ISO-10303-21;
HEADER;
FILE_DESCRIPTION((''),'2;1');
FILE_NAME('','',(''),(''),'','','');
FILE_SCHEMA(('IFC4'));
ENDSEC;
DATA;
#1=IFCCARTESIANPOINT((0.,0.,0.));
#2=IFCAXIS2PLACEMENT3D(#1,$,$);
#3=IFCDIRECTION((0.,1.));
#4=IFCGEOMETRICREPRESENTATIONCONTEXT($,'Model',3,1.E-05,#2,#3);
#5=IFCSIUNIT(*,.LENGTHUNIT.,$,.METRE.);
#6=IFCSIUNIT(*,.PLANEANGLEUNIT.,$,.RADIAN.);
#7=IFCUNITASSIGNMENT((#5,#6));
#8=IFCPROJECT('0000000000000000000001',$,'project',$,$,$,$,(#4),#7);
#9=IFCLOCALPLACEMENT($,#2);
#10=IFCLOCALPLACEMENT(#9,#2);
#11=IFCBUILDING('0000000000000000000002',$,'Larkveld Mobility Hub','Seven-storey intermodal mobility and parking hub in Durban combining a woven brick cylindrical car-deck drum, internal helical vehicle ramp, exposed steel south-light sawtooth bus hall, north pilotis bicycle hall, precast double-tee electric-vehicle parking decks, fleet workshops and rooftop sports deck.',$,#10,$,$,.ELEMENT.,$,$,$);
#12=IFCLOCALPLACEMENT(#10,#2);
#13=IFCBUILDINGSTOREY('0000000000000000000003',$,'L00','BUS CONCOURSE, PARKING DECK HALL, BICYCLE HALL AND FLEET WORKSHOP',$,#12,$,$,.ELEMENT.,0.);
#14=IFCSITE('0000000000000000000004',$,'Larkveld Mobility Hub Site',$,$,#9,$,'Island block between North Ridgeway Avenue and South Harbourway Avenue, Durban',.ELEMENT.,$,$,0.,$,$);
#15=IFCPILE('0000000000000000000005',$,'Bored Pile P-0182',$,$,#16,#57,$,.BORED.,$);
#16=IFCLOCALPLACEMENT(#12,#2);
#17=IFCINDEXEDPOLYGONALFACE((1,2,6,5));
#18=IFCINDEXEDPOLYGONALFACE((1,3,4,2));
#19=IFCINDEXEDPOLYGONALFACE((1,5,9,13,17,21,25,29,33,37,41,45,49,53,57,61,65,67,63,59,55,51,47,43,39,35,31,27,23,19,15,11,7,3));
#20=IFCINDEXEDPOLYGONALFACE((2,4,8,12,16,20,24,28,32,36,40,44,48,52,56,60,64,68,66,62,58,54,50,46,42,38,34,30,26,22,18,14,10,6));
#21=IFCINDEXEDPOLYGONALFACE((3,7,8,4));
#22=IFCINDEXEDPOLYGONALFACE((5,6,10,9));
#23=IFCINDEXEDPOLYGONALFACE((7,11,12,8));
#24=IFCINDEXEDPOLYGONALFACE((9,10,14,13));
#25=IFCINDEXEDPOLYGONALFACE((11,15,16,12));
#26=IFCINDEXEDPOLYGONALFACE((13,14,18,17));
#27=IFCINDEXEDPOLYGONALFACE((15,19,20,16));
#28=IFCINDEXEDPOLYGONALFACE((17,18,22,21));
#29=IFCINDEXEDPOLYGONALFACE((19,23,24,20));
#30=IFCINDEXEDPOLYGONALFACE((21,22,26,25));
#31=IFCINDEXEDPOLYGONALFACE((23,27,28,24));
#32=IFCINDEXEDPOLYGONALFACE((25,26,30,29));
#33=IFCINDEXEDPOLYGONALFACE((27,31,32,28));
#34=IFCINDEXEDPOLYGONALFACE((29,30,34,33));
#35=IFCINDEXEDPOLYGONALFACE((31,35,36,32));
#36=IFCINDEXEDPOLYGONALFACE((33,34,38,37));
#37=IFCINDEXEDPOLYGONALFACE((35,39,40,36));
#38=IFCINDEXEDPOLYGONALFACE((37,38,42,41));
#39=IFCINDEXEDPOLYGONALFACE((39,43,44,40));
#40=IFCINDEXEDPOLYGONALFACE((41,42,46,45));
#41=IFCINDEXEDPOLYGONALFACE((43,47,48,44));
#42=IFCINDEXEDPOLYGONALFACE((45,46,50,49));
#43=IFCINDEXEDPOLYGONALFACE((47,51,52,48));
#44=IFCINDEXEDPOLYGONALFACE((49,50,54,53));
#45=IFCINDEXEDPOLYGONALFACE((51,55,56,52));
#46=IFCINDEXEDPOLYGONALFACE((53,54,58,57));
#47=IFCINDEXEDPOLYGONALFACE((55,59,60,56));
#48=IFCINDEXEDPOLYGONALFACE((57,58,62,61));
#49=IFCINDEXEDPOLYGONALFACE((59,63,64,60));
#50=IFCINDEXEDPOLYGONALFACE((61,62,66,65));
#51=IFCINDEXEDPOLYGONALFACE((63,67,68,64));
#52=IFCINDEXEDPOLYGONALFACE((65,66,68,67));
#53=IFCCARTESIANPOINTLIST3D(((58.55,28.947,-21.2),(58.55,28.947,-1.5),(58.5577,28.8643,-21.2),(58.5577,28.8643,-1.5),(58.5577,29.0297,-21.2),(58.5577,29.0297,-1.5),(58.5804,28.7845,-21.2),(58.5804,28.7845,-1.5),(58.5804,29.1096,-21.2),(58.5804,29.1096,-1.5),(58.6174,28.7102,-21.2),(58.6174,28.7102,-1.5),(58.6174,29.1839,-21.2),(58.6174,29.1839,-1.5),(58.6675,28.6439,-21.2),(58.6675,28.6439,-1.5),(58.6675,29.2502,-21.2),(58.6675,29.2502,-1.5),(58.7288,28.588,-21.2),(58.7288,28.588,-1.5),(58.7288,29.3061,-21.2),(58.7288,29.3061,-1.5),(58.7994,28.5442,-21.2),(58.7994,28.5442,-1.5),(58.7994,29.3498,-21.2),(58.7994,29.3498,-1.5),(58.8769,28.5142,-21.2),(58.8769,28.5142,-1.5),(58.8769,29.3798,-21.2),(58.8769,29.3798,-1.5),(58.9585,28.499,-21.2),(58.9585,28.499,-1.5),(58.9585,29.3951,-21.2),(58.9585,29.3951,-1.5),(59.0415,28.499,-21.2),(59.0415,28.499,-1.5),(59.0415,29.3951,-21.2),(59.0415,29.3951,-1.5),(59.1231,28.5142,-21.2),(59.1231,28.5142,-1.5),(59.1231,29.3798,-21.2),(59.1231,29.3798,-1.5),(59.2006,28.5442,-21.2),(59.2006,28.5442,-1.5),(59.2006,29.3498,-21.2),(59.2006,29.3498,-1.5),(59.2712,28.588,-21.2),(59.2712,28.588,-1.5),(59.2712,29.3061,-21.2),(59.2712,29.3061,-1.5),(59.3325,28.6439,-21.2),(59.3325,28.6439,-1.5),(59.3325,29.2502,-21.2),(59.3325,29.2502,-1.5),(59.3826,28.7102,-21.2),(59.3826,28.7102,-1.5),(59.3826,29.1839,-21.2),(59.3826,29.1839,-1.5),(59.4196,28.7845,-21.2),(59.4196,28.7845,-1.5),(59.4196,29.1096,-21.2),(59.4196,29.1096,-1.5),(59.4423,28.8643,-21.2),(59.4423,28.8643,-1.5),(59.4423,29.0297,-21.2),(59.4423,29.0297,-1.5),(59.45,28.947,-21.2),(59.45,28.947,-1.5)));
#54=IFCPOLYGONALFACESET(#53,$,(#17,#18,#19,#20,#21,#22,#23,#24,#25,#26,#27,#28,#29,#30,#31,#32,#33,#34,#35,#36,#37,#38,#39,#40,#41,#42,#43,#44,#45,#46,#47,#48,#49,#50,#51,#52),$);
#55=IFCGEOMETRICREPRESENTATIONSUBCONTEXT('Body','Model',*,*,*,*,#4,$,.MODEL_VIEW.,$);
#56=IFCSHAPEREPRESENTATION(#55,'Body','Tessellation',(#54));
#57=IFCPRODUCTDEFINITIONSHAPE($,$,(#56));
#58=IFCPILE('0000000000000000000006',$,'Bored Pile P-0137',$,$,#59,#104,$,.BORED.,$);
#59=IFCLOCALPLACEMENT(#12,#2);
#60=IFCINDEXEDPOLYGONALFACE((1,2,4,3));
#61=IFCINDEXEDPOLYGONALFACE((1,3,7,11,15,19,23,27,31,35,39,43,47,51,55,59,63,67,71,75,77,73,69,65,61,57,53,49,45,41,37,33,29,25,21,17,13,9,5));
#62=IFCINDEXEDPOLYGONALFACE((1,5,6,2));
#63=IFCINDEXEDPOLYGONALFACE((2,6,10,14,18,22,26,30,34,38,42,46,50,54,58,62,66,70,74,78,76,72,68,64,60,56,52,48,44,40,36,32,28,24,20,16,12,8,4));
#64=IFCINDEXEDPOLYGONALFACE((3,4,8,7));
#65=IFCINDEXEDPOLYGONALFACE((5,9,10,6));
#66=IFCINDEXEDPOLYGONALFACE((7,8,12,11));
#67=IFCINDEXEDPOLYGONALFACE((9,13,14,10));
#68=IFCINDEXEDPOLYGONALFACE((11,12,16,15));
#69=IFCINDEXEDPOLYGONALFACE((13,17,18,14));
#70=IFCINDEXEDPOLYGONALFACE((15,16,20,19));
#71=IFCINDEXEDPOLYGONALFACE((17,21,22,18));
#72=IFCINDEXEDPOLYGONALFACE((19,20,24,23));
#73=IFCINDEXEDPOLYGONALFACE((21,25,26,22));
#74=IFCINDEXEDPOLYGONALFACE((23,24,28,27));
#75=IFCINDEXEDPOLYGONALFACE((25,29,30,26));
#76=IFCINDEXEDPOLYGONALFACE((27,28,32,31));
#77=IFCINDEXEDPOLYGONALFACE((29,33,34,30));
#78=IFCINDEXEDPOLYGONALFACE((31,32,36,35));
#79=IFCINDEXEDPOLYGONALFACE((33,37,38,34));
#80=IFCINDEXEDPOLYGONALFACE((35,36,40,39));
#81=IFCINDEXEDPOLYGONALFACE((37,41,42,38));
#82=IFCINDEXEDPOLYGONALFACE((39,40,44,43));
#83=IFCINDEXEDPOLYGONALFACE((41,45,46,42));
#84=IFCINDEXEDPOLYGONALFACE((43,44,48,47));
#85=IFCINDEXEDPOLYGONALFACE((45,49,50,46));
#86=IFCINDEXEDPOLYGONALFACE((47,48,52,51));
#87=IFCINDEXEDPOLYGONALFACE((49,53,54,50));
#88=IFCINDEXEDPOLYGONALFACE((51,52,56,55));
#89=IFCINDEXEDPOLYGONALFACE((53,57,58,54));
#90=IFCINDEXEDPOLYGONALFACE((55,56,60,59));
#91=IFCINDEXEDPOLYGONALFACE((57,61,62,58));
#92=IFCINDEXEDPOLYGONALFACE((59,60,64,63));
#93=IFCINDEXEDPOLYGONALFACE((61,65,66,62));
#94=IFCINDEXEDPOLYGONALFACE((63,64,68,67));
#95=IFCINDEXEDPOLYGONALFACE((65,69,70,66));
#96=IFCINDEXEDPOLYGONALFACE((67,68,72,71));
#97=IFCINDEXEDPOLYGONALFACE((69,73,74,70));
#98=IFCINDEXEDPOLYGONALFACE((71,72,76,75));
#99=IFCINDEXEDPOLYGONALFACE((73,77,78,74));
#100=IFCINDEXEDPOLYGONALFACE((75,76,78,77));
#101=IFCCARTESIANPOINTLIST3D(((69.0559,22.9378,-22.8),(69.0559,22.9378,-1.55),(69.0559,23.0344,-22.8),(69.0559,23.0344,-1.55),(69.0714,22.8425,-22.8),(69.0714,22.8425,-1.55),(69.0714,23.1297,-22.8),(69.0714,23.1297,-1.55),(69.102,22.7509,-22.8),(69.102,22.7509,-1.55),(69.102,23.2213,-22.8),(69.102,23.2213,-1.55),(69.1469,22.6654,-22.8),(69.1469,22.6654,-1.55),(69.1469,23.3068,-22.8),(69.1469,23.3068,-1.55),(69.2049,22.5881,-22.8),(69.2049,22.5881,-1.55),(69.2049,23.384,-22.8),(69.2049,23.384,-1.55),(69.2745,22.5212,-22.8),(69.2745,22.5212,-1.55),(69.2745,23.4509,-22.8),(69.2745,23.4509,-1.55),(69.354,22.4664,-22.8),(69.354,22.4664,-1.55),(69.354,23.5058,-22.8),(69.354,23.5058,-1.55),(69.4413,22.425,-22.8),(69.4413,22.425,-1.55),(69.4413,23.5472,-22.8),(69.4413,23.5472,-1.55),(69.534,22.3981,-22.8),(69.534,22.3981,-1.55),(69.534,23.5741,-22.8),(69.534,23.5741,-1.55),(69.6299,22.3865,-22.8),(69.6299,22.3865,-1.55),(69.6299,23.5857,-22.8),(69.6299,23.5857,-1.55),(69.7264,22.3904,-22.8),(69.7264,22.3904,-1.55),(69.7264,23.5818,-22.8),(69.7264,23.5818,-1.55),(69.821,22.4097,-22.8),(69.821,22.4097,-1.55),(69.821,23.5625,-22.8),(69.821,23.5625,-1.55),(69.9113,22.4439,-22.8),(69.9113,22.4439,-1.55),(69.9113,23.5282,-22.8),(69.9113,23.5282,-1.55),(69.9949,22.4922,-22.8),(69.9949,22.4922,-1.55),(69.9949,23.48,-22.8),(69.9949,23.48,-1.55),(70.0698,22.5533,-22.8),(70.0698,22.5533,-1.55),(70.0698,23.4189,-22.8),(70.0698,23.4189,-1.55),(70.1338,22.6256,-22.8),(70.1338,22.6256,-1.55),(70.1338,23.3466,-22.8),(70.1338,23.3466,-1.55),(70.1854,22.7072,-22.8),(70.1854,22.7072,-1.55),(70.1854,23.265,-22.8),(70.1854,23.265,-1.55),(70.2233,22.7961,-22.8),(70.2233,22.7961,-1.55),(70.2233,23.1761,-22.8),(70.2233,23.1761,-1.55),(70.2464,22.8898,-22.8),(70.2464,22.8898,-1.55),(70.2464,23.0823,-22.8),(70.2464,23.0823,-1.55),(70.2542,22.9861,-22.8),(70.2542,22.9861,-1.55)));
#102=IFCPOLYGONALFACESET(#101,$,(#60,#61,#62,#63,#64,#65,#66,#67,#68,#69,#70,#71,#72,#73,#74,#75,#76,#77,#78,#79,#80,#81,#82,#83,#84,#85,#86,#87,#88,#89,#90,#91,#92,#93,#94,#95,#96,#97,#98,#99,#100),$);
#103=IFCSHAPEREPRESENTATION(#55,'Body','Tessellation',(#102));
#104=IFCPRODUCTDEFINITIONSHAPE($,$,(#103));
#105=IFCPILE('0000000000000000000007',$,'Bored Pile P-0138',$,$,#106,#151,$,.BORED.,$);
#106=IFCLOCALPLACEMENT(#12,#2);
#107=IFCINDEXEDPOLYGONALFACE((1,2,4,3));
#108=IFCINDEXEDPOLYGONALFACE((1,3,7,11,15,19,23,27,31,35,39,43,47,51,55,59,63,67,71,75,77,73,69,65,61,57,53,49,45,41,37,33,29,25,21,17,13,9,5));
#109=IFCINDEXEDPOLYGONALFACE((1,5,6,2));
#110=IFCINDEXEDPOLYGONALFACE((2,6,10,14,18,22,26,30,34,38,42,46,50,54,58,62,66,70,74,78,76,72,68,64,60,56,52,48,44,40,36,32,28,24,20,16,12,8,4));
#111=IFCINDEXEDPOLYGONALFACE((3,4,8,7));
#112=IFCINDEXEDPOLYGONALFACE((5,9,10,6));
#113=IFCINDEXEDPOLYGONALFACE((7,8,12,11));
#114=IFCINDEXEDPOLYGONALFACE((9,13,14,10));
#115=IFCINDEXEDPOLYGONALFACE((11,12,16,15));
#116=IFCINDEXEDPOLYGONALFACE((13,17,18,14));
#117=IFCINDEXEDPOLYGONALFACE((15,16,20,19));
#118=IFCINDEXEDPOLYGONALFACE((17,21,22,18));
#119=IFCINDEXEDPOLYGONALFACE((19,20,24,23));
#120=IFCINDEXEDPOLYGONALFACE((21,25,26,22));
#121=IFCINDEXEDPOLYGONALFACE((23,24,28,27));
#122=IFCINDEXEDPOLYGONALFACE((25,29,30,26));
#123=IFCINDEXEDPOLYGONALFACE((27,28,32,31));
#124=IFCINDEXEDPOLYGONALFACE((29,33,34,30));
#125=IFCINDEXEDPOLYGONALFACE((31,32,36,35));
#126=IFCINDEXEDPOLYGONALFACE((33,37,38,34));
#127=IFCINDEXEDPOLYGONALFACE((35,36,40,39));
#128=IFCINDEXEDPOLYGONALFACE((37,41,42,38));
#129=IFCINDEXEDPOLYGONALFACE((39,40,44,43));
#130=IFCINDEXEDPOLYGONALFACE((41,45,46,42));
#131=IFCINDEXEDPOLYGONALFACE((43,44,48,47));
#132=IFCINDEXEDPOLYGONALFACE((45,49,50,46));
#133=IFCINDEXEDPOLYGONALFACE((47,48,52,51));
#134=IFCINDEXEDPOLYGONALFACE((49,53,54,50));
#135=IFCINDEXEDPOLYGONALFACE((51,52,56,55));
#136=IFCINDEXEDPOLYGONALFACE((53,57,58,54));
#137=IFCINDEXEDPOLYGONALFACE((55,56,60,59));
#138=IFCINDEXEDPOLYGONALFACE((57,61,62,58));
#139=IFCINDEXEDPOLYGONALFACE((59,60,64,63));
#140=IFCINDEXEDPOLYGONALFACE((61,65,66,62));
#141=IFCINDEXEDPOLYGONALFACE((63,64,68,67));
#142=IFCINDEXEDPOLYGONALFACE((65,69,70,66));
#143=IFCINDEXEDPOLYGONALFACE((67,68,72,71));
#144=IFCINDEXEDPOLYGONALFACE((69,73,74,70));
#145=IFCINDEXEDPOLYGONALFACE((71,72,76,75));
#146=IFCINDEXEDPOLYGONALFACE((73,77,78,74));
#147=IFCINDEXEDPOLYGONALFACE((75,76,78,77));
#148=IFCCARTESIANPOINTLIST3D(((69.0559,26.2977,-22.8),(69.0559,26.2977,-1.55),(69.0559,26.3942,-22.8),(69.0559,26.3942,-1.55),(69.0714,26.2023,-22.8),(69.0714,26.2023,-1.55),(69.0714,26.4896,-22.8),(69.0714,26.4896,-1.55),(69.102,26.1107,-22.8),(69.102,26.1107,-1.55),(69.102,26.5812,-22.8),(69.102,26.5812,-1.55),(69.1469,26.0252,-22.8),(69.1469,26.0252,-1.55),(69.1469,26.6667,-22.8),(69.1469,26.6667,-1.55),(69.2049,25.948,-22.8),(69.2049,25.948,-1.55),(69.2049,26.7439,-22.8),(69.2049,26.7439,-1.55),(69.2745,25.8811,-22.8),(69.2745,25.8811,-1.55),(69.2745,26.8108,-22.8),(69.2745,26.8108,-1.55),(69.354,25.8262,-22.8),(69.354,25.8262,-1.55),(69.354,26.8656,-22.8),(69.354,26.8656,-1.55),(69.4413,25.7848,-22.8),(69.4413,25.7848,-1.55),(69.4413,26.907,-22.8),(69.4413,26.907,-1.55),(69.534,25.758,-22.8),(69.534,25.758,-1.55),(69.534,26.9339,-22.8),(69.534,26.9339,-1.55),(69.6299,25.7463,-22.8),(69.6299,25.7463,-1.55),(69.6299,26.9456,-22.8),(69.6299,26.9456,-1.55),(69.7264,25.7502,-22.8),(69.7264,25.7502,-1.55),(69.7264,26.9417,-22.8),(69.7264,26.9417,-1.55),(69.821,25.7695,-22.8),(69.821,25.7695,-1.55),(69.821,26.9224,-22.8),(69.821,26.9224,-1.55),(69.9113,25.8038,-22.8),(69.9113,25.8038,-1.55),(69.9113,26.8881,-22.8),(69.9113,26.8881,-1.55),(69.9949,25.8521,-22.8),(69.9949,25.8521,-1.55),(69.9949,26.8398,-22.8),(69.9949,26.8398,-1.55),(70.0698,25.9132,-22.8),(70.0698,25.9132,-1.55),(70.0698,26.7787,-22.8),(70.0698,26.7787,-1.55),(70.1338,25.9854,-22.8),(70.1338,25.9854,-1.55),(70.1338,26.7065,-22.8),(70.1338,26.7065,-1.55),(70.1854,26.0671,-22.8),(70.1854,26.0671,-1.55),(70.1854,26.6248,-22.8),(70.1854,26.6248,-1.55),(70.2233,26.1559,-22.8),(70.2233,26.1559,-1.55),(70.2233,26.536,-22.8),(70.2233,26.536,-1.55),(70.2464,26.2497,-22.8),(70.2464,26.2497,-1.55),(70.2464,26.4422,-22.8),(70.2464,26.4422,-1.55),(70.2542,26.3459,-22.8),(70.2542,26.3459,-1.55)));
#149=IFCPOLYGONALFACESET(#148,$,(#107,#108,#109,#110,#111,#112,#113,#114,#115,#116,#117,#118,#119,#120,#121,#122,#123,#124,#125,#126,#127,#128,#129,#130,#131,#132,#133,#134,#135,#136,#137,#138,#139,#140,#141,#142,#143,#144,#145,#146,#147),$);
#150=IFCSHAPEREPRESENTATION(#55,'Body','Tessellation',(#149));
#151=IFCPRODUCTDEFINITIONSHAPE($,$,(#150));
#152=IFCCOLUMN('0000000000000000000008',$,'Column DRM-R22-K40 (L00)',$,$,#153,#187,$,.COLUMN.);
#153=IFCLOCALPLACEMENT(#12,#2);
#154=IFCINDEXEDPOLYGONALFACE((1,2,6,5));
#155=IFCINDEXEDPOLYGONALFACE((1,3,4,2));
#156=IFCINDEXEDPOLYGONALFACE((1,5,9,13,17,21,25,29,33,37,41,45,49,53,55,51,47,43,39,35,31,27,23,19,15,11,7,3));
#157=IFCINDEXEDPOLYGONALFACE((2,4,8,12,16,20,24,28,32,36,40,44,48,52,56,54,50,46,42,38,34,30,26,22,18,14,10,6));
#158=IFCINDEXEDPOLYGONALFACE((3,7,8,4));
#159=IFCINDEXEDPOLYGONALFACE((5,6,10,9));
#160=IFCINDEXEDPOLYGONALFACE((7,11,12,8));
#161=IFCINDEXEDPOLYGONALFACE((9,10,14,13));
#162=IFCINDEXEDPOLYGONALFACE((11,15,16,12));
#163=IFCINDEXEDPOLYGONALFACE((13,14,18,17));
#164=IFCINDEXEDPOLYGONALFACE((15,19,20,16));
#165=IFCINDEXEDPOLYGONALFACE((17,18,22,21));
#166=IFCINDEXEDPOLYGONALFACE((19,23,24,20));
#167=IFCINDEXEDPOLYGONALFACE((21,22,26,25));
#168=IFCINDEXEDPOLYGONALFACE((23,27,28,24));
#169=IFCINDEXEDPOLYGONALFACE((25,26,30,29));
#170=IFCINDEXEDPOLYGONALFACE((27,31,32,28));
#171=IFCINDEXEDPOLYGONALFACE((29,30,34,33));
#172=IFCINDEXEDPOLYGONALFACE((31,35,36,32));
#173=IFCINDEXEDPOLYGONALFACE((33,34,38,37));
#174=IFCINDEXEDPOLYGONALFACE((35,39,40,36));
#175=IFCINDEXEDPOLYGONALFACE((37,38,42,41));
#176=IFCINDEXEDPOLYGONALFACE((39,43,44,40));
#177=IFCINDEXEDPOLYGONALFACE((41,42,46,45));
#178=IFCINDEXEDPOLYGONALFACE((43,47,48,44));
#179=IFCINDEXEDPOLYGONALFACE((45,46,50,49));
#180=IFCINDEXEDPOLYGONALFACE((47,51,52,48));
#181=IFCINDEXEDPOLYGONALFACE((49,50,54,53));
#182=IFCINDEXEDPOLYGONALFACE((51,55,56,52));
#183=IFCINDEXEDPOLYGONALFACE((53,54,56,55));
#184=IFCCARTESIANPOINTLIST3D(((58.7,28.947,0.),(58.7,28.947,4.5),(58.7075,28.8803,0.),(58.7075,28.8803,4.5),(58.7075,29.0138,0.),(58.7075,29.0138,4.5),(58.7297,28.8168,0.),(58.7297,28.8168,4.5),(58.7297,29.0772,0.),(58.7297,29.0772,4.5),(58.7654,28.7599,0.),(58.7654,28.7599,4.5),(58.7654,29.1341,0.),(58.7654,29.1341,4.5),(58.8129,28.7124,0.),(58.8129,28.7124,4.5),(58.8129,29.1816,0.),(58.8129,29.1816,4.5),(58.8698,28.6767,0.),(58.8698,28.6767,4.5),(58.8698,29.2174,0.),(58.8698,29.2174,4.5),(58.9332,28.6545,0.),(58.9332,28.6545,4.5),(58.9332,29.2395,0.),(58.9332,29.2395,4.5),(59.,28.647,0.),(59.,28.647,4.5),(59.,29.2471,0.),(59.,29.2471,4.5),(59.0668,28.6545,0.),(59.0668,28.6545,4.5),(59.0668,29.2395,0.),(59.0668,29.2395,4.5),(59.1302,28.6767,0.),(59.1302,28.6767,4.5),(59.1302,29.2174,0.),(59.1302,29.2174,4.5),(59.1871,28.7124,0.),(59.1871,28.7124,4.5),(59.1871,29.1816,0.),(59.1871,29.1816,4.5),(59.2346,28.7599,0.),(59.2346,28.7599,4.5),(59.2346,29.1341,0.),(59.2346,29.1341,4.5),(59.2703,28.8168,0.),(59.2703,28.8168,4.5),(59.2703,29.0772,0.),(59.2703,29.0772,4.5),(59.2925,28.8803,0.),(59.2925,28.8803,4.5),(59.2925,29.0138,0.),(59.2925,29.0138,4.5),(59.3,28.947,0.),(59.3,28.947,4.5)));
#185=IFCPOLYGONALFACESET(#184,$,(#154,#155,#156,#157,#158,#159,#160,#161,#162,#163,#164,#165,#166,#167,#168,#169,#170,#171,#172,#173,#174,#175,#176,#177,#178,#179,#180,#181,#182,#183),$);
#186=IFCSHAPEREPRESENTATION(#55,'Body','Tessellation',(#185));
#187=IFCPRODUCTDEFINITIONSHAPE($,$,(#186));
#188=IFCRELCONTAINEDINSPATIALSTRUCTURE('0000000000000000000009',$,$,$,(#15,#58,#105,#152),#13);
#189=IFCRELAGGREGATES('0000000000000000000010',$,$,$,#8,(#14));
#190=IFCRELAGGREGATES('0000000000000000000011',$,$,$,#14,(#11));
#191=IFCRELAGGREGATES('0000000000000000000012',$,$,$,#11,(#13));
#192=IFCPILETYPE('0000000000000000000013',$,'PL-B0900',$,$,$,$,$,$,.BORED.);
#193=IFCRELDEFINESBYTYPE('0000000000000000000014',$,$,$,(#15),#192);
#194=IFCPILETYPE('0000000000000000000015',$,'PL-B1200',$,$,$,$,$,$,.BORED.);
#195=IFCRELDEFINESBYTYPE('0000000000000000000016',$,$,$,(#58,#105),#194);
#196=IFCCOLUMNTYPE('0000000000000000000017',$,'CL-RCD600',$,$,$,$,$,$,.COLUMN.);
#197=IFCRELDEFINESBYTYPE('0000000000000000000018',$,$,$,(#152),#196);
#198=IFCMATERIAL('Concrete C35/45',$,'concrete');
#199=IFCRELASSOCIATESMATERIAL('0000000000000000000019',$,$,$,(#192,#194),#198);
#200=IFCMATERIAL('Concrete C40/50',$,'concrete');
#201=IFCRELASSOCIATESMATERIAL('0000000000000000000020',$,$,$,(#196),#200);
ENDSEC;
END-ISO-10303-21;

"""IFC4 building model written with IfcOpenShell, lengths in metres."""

from ifc_helpers import new_model, si_unit, direction, frame, origin, origin_2d, place, context, subcontext, project, spatial, circle, extrude, material, material_profile, profile_set, type_object, element, save


model = new_model("IFC4")

# Units and contexts
model_context = context("Model", 3, precision=1e-05, world=origin(), true_north=direction((0.0, 1.0)))
body_context = subcontext(model_context, "Body", "Model", "MODEL_VIEW")
ifc_project = project(units=[si_unit("LENGTHUNIT", "METRE"), si_unit("PLANEANGLEUNIT", "RADIAN")], contexts=[model_context])

# Site, building, storey
site_placement = place(None, origin())
site = spatial("IfcSite", under=ifc_project, at=site_placement, Name="Larkveld Mobility Hub Site", LongName="Island block between North Ridgeway Avenue and South Harbourway Avenue, Durban", CompositionType="ELEMENT", RefElevation=0.0)
building_placement = place(site_placement, origin())
building = spatial("IfcBuilding", under=site, at=building_placement, Name="Larkveld Mobility Hub", Description="Seven-storey intermodal mobility and parking hub in Durban combining a woven brick cylindrical car-deck drum, internal helical vehicle ramp, exposed steel south-light sawtooth bus hall, north pilotis bicycle hall, precast double-tee electric-vehicle parking decks, fleet workshops and rooftop sports deck.", CompositionType="ELEMENT")
storey_placement = place(building_placement, origin())
storey = spatial("IfcBuildingStorey", under=building, at=storey_placement, Name="L00", Description="BUS CONCOURSE, PARKING DECK HALL, BICYCLE HALL AND FLEET WORKSHOP", CompositionType="ELEMENT", Elevation=0.0)

# Shared definitions
ifc_material_1 = material(Name="Concrete C35/45", Category="concrete")

# Piles
ifc_material_profile_1 = material_profile(ifc_material_1, circle(Radius=0.45, at=origin_2d()), Name="PILE D900")
ifc_profile_set_1 = profile_set([ifc_material_profile_1], Name="Concrete C35/45")
pile_type_1 = type_object("IfcPileType", Name="PL-B0900", PredefinedType="BORED", material=ifc_profile_set_1)
for number, where, z_axis, x_axis, name in (
    (1, (59.0, 28.947, -1.5), (0.0, 0.0, -1.0), (1.0, 0.0, 0.0), "Bored Pile P-0182"),
):
    element("IfcPile", number, at=place(storey_placement, frame(where, z_axis=z_axis, x_axis=x_axis)), inside=storey, type_object=pile_type_1, Name=name, PredefinedType="BORED", context=body_context, shape_type="SweptSolid", body=[
        extrude(circle(Radius=0.45, at=origin_2d()), origin(), (0.0, 0.0, 1.0), 19.7),
    ])
ifc_material_profile_2 = material_profile(ifc_material_1, circle(Radius=0.6001, at=origin_2d()), Name="PILE D1200")
ifc_profile_set_2 = profile_set([ifc_material_profile_2], Name="Concrete C35/45")
pile_type_2 = type_object("IfcPileType", Name="PL-B1200", PredefinedType="BORED", material=ifc_profile_set_2)
for number, where, z_axis, x_axis, name in (
    (2, (69.6541, 22.9861, -1.55), (0.0, 0.0, -1.0), (1.0, 0.0, 0.0), "Bored Pile P-0137"),
    (3, (69.6541, 26.3459, -1.55), (0.0, 0.0, -1.0), (1.0, 0.0, 0.0), "Bored Pile P-0138"),
):
    element("IfcPile", number, at=place(storey_placement, frame(where, z_axis=z_axis, x_axis=x_axis)), inside=storey, type_object=pile_type_2, Name=name, PredefinedType="BORED", context=body_context, shape_type="SweptSolid", body=[
        extrude(circle(Radius=0.6001, at=origin_2d()), origin(), (0.0, 0.0, 1.0), 21.25),
    ])

# Column
ifc_material_2 = material(Name="Concrete C40/50", Category="concrete")
ifc_material_profile_3 = material_profile(ifc_material_2, circle(Radius=0.3, at=origin_2d()), Name="RC COL D600")
ifc_profile_set_3 = profile_set([ifc_material_profile_3], Name="Concrete C40/50")
column_type_1 = type_object("IfcColumnType", Name="CL-RCD600", PredefinedType="COLUMN", material=ifc_profile_set_3)
column_1_placement = place(storey_placement, frame((59.0, 28.947, 0.0), z_axis=(0.0, 0.0, 1.0), x_axis=(1.0, 0.0, 0.0)))
element("IfcColumn", 4, at=column_1_placement, inside=storey, type_object=column_type_1, Name="Column DRM-R22-K40 (L00)", PredefinedType="COLUMN", context=body_context, shape_type="SweptSolid", body=[
    extrude(circle(Radius=0.3, at=origin_2d()), origin(), (0.0, 0.0, 1.0), 4.5),
])

save(model, "model.ifc")
